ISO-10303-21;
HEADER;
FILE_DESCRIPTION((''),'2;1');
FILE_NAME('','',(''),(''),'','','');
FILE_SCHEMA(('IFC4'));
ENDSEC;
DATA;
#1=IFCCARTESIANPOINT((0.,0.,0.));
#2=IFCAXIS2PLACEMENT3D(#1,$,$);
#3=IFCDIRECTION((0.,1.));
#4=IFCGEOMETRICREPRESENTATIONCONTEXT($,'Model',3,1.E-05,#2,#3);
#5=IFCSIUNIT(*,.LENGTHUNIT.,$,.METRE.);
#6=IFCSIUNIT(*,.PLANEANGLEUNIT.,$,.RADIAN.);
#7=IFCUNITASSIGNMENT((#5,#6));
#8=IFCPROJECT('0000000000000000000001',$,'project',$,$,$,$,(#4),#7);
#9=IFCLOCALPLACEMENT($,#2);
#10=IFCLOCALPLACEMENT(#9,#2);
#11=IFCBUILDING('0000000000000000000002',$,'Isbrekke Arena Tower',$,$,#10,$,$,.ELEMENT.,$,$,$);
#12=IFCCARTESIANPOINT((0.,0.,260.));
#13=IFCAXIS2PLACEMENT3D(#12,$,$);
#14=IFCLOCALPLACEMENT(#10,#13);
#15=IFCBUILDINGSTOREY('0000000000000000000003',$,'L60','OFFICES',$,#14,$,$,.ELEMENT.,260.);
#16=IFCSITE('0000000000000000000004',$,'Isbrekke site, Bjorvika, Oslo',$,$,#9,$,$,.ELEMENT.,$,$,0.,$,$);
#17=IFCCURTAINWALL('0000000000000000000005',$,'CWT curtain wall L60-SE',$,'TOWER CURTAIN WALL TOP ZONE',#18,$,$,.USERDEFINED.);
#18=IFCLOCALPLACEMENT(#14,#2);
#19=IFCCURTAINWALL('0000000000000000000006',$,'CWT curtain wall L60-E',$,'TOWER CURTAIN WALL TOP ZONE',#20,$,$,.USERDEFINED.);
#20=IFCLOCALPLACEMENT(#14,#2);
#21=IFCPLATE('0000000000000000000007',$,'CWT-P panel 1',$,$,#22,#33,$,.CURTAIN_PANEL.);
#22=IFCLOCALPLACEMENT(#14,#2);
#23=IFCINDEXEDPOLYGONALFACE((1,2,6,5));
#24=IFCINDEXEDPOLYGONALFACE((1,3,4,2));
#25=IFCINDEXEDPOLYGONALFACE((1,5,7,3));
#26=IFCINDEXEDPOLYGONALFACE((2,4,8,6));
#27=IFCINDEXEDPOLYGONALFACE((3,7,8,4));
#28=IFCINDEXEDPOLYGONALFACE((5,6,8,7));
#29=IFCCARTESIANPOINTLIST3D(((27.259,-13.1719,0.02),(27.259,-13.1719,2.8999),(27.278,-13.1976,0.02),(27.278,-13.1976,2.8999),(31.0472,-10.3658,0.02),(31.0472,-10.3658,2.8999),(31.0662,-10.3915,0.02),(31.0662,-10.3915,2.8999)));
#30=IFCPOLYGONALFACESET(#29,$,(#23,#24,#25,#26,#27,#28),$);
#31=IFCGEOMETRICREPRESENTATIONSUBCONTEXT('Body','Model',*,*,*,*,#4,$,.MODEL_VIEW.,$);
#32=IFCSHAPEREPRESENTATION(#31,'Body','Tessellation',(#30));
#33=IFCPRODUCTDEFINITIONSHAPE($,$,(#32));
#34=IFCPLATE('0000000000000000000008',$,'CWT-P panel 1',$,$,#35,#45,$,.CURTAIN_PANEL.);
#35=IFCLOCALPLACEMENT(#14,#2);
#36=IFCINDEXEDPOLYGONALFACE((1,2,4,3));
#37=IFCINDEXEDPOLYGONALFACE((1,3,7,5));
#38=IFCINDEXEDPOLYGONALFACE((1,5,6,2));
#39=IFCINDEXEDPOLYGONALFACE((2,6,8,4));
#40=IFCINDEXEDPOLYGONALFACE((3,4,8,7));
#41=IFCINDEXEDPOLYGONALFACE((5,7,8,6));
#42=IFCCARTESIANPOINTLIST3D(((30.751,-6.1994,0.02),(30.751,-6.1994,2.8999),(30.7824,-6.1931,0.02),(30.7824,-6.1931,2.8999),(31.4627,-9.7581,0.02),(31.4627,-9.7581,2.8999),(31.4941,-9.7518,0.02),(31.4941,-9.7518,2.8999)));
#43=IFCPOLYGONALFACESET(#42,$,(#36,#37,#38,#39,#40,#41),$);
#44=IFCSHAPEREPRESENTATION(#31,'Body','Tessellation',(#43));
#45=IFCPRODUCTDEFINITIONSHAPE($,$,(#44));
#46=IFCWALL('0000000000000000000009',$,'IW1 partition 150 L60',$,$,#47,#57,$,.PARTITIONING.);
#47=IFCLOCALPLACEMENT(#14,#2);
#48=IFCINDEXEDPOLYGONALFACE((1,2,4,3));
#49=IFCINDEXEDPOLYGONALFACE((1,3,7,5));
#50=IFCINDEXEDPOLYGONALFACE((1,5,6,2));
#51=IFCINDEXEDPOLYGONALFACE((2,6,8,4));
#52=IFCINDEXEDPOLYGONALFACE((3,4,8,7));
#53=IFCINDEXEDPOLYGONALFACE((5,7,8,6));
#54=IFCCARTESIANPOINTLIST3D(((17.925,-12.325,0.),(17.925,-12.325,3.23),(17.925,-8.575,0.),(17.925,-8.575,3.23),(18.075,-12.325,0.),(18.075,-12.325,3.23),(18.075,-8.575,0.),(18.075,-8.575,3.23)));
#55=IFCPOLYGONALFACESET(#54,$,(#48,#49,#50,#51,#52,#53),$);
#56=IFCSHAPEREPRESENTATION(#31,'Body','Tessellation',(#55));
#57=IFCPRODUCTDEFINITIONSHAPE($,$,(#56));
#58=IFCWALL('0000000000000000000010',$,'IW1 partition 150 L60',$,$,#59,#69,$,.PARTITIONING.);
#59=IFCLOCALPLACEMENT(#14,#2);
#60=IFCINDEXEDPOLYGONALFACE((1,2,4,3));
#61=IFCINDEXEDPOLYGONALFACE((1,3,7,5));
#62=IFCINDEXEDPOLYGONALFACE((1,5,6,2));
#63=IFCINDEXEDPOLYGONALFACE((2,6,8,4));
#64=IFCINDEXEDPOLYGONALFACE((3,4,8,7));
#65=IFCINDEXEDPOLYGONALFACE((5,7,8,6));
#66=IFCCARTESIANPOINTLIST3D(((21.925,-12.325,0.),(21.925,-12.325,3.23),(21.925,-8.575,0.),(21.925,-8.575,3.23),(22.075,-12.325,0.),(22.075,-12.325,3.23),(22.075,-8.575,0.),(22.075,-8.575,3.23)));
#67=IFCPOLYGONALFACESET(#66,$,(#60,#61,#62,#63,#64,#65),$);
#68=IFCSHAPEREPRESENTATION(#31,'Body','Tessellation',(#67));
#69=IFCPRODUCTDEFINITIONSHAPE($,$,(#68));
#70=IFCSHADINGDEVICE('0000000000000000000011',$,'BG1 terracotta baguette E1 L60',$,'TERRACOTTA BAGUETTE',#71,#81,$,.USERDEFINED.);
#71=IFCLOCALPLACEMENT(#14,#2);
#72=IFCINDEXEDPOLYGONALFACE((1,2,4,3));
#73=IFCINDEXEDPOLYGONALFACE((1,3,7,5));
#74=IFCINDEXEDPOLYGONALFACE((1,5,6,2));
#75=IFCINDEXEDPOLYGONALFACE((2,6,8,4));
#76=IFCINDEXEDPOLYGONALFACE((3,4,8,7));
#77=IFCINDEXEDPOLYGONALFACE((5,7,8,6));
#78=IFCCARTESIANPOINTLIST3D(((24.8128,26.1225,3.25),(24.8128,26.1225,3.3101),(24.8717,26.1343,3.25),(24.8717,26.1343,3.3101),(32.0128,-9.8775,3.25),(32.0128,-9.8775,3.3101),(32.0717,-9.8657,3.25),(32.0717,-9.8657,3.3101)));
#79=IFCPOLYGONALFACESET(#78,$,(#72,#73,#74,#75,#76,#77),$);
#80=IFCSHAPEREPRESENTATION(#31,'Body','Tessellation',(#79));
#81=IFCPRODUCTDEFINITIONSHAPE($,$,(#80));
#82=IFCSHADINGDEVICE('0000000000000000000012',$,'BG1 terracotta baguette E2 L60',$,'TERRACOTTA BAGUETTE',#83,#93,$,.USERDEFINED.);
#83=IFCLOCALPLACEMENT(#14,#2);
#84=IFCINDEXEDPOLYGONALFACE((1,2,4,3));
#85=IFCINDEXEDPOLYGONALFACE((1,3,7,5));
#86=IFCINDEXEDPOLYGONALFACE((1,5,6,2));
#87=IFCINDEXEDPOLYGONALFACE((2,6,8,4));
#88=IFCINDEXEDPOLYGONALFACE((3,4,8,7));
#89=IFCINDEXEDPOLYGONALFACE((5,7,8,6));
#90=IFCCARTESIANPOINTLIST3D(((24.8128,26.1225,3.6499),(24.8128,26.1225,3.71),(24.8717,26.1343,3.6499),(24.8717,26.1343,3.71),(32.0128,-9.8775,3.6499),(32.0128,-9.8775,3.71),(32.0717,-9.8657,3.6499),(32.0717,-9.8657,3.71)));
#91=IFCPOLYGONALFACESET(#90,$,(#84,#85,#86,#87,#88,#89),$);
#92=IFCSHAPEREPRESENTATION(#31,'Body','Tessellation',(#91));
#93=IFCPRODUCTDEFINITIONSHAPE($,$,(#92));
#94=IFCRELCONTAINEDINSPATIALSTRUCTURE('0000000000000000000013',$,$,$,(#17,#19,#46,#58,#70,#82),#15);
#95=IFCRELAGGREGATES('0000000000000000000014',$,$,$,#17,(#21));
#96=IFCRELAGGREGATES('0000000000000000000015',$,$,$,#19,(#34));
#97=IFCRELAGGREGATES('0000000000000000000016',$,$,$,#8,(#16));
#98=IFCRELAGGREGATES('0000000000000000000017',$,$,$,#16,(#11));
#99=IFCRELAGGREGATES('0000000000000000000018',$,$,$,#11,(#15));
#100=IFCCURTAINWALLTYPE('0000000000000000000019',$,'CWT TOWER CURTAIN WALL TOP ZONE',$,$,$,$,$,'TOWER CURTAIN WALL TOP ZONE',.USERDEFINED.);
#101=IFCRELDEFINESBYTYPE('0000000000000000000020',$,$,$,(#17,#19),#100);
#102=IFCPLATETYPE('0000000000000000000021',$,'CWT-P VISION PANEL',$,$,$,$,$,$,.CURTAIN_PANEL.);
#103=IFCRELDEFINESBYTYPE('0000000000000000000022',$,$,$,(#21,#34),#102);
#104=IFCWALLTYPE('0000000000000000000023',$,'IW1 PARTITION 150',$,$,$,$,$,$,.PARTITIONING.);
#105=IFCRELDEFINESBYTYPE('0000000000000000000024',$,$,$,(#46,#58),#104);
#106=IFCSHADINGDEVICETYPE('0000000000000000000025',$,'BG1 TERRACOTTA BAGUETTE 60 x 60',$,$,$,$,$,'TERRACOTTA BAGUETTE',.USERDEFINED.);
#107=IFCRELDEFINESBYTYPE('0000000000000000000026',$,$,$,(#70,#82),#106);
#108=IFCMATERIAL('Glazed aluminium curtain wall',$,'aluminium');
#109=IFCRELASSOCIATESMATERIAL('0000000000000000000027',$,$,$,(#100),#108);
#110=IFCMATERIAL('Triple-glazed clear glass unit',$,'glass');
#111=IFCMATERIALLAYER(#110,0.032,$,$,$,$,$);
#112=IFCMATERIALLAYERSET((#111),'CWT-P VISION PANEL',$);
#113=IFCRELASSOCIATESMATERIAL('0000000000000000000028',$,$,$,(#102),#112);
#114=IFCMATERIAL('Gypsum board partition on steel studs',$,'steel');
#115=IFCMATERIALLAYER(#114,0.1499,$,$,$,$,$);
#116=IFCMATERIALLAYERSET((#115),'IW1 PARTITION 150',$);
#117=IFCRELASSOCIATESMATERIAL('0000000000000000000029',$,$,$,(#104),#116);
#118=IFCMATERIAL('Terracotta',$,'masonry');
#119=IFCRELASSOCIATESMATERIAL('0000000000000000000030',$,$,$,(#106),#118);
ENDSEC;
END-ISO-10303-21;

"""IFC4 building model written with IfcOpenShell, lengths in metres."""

from ifc_helpers import new_model, si_unit, direction, frame, frame_2d, origin, origin_2d, place, context, subcontext, project, spatial, rectangle, extrude, material, layer, layer_set, material_profile, profile_set, type_object, element, aggregate, save


model = new_model("IFC4")

# Units and contexts
model_context = context("Model", 3, precision=1e-05, world=origin(), true_north=direction((0.0, 1.0)))
body_context = subcontext(model_context, "Body", "Model", "MODEL_VIEW")
ifc_project = project(units=[si_unit("LENGTHUNIT", "METRE"), si_unit("PLANEANGLEUNIT", "RADIAN")], contexts=[model_context])

# Site, building, storey
site_placement = place(None, origin())
site = spatial("IfcSite", under=ifc_project, at=site_placement, Name="Isbrekke site, Bjorvika, Oslo", CompositionType="ELEMENT", RefElevation=0.0)
building_placement = place(site_placement, origin())
building = spatial("IfcBuilding", under=site, at=building_placement, Name="Isbrekke Arena Tower", CompositionType="ELEMENT")
storey_placement = place(building_placement, frame((0.0, 0.0, 260.0)))
storey = spatial("IfcBuildingStorey", under=building, at=storey_placement, Name="L60", Description="OFFICES", CompositionType="ELEMENT", Elevation=260.0)

# Curtain wall
ifc_material_1 = material(Name="Glazed aluminium curtain wall", Category="aluminium")
curtain_wall_type = type_object("IfcCurtainWallType", Name="CWT TOWER CURTAIN WALL TOP ZONE", ElementType="TOWER CURTAIN WALL TOP ZONE", PredefinedType="USERDEFINED", material=ifc_material_1)
curtain_wall_1_placement = place(storey_placement, origin())
curtain_wall_1 = element("IfcCurtainWall", 1, at=curtain_wall_1_placement, inside=storey, type_object=curtain_wall_type, Name="CWT curtain wall L60-SE", ObjectType="TOWER CURTAIN WALL TOP ZONE", PredefinedType="USERDEFINED")

# Curtain wall
curtain_wall_2_placement = place(storey_placement, origin())
curtain_wall_2 = element("IfcCurtainWall", 2, at=curtain_wall_2_placement, inside=storey, type_object=curtain_wall_type, Name="CWT curtain wall L60-E", ObjectType="TOWER CURTAIN WALL TOP ZONE", PredefinedType="USERDEFINED")

# Plates
ifc_material_2 = material(Name="Triple-glazed clear glass unit", Category="glass")
ifc_layer_1 = layer(ifc_material_2, 0.032)
ifc_layer_set_1 = layer_set([ifc_layer_1], Name="CWT-P VISION PANEL")
plate_type = type_object("IfcPlateType", Name="CWT-P VISION PANEL", PredefinedType="CURTAIN_PANEL", material=ifc_layer_set_1)
plate_1_placement = place(storey_placement, frame((29.1626, -11.7817, 0.02), z_axis=(0.0, 0.0, 1.0), x_axis=(0.803557, 0.595228, 0.0)))
plate_1 = element("IfcPlate", 3, at=plate_1_placement, type_object=plate_type, Name="CWT-P panel 1", PredefinedType="CURTAIN_PANEL", context=body_context, shape_type="SweptSolid", body=[
    extrude(rectangle(XDim=4.7144, YDim=0.032, at=origin_2d()), origin(), (0.0, 0.0, 1.0), 2.8799),
])
aggregate(curtain_wall_1, [plate_1])
plate_2_placement = place(storey_placement, frame((31.1226, -7.9756, 0.02), z_axis=(0.0, 0.0, 1.0), x_axis=(-0.196116, 0.980581, 0.0)))
plate_2 = element("IfcPlate", 4, at=plate_2_placement, type_object=plate_type, Name="CWT-P panel 1", PredefinedType="CURTAIN_PANEL", context=body_context, shape_type="SweptSolid", body=[
    extrude(rectangle(XDim=3.6292, YDim=0.032, at=origin_2d()), origin(), (0.0, 0.0, 1.0), 2.8799),
])
aggregate(curtain_wall_2, [plate_2])

# Walls
ifc_material_3 = material(Name="Gypsum board partition on steel studs", Category="steel")
ifc_layer_2 = layer(ifc_material_3, 0.1499)
ifc_layer_set_2 = layer_set([ifc_layer_2], Name="IW1 PARTITION 150")
wall_type = type_object("IfcWallType", Name="IW1 PARTITION 150", PredefinedType="PARTITIONING", material=ifc_layer_set_2)
for number, where, z_axis, x_axis, name in (
    (5, (18.0, -12.325, 0.0), (0.0, 0.0, 1.0), (0.0, 1.0, 0.0), "IW1 partition 150 L60"),
    (6, (22.0, -12.325, 0.0), (0.0, 0.0, 1.0), (0.0, 1.0, 0.0), "IW1 partition 150 L60"),
):
    element("IfcWall", number, at=place(storey_placement, frame(where, z_axis=z_axis, x_axis=x_axis)), inside=storey, type_object=wall_type, Name=name, PredefinedType="PARTITIONING", context=body_context, shape_type="SweptSolid", body=[
        extrude(rectangle(XDim=3.75, YDim=0.1499, at=frame_2d((1.875, 0.0))), origin(), (0.0, 0.0, 1.0), 3.23),
    ])

# Shading devices
ifc_material_4 = material(Name="Terracotta", Category="masonry")
ifc_material_profile_1 = material_profile(ifc_material_4, rectangle(XDim=0.0601, YDim=0.0601, at=origin_2d()), Name="BAGUETTE 60X60")
ifc_profile_set_1 = profile_set([ifc_material_profile_1], Name="Terracotta")
shading_device_type = type_object("IfcShadingDeviceType", Name="BG1 TERRACOTTA BAGUETTE 60 x 60", ElementType="TERRACOTTA BAGUETTE", PredefinedType="USERDEFINED", material=ifc_profile_set_1)
for number, where, z_axis, x_axis, name in (
    (7, (32.0422, -9.8716, 3.28), (-0.196115, 0.980581, 0.0), (-0.980581, -0.196115, 0.0), "BG1 terracotta baguette E1 L60"),
    (8, (32.0422, -9.8716, 3.6799), (-0.196115, 0.980581, 0.0), (-0.980581, -0.196115, 0.0), "BG1 terracotta baguette E2 L60"),
):
    element("IfcShadingDevice", number, at=place(storey_placement, frame(where, z_axis=z_axis, x_axis=x_axis)), inside=storey, type_object=shading_device_type, Name=name, ObjectType="TERRACOTTA BAGUETTE", PredefinedType="USERDEFINED", context=body_context, shape_type="SweptSolid", body=[
        extrude(rectangle(XDim=0.0601, YDim=0.0601, at=origin_2d()), origin(), (0.0, 0.0, 1.0), 36.7129),
    ])

save(model, "model.ifc")
